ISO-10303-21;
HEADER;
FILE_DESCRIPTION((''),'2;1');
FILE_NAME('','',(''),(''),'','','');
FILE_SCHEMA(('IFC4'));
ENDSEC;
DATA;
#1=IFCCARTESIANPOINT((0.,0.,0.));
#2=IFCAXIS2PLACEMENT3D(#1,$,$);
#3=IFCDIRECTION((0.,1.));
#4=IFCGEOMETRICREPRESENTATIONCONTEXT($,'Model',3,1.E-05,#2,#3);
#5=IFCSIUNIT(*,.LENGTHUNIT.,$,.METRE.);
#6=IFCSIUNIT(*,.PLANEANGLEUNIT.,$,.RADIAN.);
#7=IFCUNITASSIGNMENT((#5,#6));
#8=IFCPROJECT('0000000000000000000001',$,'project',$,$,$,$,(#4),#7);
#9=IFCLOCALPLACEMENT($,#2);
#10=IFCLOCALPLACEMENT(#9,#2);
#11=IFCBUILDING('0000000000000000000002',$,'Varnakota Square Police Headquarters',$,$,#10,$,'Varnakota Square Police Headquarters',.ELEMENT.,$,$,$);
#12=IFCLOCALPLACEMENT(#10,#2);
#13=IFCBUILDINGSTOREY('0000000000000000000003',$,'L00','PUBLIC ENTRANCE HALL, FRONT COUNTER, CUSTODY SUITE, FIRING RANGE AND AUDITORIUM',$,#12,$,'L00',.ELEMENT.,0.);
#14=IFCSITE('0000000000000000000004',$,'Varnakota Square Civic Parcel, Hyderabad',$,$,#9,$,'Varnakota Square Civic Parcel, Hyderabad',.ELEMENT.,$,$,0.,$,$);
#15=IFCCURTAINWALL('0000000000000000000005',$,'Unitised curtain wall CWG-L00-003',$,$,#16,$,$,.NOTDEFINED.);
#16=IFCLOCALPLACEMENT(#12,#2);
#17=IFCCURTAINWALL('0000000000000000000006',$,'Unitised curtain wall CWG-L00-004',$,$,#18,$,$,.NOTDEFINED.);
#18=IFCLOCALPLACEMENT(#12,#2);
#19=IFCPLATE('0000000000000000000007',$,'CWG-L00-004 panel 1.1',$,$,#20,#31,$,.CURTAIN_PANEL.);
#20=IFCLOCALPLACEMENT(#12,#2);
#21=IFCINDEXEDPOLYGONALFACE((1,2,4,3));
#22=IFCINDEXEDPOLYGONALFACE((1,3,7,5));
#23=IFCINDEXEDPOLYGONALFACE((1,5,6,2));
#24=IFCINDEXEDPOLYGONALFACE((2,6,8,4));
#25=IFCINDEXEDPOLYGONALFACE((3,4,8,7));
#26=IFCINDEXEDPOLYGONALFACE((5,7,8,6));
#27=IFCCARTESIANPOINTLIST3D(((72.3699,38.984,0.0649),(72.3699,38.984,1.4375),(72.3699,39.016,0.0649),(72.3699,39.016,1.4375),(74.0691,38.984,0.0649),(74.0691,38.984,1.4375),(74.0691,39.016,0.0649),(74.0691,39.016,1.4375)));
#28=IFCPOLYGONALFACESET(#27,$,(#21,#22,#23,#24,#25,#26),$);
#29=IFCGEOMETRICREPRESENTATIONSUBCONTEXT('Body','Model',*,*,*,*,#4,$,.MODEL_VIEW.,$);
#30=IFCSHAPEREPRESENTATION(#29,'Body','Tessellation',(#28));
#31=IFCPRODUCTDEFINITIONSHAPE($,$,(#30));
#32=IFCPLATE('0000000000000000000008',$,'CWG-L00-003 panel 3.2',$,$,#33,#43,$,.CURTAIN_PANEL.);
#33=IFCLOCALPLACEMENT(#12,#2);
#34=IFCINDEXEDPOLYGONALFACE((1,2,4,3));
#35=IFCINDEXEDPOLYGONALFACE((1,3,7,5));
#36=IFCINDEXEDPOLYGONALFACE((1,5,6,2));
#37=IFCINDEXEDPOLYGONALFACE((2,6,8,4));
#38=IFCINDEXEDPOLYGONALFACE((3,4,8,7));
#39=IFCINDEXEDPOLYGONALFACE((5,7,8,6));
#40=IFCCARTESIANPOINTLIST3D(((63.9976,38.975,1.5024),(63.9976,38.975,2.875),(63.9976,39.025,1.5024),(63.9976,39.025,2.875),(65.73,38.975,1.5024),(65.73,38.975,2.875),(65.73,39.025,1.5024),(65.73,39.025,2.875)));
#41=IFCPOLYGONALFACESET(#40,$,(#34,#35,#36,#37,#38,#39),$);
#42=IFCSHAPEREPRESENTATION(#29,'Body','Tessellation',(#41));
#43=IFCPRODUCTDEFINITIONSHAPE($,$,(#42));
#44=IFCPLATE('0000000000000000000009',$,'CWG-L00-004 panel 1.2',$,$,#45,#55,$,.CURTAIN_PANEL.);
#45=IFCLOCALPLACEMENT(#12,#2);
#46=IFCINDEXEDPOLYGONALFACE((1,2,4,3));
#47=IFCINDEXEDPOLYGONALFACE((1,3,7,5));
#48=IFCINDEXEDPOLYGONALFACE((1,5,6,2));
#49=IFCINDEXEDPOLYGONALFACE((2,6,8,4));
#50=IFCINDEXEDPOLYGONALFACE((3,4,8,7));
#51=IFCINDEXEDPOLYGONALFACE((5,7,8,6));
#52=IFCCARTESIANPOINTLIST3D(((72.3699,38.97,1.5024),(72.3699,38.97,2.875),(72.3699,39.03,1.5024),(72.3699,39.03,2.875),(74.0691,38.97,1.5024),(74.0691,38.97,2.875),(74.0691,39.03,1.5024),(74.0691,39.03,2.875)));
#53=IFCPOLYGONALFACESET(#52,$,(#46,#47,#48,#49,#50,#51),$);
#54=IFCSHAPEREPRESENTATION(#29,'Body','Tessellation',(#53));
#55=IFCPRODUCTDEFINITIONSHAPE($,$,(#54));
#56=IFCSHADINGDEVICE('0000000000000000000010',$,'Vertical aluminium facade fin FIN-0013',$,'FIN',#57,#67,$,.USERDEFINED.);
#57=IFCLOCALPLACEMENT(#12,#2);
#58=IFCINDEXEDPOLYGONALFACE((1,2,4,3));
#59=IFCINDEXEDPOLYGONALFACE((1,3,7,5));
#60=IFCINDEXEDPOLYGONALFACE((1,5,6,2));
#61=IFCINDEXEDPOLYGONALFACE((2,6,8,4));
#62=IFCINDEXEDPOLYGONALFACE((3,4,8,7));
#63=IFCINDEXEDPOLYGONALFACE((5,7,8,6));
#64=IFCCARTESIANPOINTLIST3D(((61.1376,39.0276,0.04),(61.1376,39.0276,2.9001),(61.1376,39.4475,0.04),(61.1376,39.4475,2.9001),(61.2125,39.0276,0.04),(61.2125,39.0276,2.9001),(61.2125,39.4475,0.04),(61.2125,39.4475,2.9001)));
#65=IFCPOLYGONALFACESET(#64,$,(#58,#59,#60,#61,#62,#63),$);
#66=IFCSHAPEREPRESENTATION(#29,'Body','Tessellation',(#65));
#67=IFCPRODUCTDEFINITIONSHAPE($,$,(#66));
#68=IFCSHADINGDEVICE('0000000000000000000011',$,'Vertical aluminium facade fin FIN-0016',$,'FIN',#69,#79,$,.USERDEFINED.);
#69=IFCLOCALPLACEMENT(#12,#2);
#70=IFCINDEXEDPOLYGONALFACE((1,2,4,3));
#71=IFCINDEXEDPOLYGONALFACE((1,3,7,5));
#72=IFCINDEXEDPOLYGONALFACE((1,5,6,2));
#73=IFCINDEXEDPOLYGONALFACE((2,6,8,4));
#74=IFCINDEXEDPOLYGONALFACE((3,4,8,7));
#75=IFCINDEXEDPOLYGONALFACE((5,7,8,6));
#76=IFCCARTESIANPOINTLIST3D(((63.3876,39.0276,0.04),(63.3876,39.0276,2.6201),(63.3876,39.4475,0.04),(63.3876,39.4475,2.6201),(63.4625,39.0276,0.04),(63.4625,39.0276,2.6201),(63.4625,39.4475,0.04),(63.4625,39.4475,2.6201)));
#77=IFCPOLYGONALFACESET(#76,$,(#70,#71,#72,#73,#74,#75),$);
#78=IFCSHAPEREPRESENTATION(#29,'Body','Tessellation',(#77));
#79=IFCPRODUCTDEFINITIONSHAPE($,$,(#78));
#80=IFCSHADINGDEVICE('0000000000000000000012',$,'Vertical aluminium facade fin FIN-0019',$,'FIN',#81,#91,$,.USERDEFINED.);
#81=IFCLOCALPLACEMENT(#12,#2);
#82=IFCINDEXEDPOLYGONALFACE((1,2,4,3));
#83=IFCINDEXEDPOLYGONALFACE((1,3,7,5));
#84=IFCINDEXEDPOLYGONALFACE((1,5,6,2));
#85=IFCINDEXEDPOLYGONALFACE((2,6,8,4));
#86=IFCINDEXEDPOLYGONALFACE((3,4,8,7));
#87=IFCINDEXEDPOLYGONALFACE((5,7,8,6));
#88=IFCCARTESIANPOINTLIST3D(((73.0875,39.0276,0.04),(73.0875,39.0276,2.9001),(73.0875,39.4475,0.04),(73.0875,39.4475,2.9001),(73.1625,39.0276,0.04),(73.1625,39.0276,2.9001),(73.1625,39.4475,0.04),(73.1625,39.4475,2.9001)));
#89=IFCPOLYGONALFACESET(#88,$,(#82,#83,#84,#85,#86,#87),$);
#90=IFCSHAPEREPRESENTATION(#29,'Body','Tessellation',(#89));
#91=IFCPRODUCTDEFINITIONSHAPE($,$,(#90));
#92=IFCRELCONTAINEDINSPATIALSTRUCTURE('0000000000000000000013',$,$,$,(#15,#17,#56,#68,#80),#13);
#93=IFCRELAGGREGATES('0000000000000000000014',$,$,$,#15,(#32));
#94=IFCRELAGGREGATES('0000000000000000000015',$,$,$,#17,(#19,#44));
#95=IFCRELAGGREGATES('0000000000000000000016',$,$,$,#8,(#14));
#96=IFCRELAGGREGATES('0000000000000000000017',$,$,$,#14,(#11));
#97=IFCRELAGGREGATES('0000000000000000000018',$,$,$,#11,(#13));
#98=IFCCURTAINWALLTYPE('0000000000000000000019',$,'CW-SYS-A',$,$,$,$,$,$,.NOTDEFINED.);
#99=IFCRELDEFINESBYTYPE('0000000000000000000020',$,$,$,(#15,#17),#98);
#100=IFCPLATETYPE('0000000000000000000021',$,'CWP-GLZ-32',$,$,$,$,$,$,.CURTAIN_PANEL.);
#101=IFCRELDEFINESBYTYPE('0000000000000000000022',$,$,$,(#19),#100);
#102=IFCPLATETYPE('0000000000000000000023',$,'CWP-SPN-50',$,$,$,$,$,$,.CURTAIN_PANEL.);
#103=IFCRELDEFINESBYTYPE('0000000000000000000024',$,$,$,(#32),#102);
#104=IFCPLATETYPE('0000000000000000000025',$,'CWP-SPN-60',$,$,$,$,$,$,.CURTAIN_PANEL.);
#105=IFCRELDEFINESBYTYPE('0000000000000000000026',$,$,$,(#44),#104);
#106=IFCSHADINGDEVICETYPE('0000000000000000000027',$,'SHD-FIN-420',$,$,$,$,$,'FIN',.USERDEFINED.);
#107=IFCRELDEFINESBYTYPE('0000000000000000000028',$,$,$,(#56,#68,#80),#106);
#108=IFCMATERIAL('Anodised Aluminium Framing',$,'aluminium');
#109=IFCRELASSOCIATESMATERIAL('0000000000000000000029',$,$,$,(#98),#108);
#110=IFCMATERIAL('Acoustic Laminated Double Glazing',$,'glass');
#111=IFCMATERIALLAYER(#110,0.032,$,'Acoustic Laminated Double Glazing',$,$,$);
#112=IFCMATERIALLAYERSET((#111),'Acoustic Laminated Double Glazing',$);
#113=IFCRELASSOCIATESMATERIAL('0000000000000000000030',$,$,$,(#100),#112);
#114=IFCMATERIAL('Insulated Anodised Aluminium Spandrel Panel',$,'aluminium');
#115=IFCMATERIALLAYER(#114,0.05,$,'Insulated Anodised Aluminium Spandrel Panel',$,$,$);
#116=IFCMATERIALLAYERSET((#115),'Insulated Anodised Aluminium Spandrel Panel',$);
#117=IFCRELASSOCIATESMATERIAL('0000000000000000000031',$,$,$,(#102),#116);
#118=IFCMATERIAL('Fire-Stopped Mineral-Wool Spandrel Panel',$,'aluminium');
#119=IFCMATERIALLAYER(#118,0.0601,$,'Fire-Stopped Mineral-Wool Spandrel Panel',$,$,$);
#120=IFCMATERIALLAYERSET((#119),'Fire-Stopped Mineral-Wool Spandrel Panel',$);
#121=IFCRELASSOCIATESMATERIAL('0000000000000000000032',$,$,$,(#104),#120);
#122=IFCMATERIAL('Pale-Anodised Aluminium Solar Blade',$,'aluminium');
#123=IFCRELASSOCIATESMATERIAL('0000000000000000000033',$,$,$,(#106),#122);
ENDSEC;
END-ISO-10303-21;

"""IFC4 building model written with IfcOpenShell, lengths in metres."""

from ifc_helpers import new_model, si_unit, direction, frame, origin, origin_2d, place, context, subcontext, project, spatial, rectangle, extrude, material, layer, layer_set, type_object, element, aggregate, save


model = new_model("IFC4")

# Units and contexts
model_context = context("Model", 3, precision=1e-05, world=origin(), true_north=direction((0.0, 1.0)))
body_context = subcontext(model_context, "Body", "Model", "MODEL_VIEW")
ifc_project = project(units=[si_unit("LENGTHUNIT", "METRE"), si_unit("PLANEANGLEUNIT", "RADIAN")], contexts=[model_context])

# Site, building, storey
site_placement = place(None, origin())
site = spatial("IfcSite", under=ifc_project, at=site_placement, Name="Varnakota Square Civic Parcel, Hyderabad", LongName="Varnakota Square Civic Parcel, Hyderabad", CompositionType="ELEMENT", RefElevation=0.0)
building_placement = place(site_placement, origin())
building = spatial("IfcBuilding", under=site, at=building_placement, Name="Varnakota Square Police Headquarters", LongName="Varnakota Square Police Headquarters", CompositionType="ELEMENT")
storey_placement = place(building_placement, origin())
storey = spatial("IfcBuildingStorey", under=building, at=storey_placement, Name="L00", Description="PUBLIC ENTRANCE HALL, FRONT COUNTER, CUSTODY SUITE, FIRING RANGE AND AUDITORIUM", LongName="L00", CompositionType="ELEMENT", Elevation=0.0)

# Curtain walls
ifc_material_1 = material(Name="Anodised Aluminium Framing", Category="aluminium")
curtain_wall_type = type_object("IfcCurtainWallType", Name="CW-SYS-A", PredefinedType="NOTDEFINED", material=ifc_material_1)
curtain_wall_1_placement = place(storey_placement, origin())
curtain_wall_1 = element("IfcCurtainWall", 1, at=curtain_wall_1_placement, inside=storey, type_object=curtain_wall_type, Name="Unitised curtain wall CWG-L00-003", PredefinedType="NOTDEFINED")
curtain_wall_2_placement = place(storey_placement, origin())
curtain_wall_2 = element("IfcCurtainWall", 2, at=curtain_wall_2_placement, inside=storey, type_object=curtain_wall_type, Name="Unitised curtain wall CWG-L00-004", PredefinedType="NOTDEFINED")

# Plates
ifc_material_2 = material(Name="Acoustic Laminated Double Glazing", Category="glass")
ifc_layer_1 = layer(ifc_material_2, 0.032, Name="Acoustic Laminated Double Glazing")
ifc_layer_set_1 = layer_set([ifc_layer_1], Name="Acoustic Laminated Double Glazing")
plate_type_1 = type_object("IfcPlateType", Name="CWP-GLZ-32", PredefinedType="CURTAIN_PANEL", material=ifc_layer_set_1)
plate_1_placement = place(storey_placement, frame((73.2195, 39.0, 0.0649), z_axis=(0.0, 0.0, 1.0), x_axis=(1.0, 0.0, 0.0)))
plate_1 = element("IfcPlate", 3, at=plate_1_placement, type_object=plate_type_1, Name="CWG-L00-004 panel 1.1", PredefinedType="CURTAIN_PANEL", context=body_context, shape_type="SweptSolid", body=[
    extrude(rectangle(XDim=1.6992, YDim=0.032, at=origin_2d()), origin(), (0.0, 0.0, 1.0), 1.3726),
])
ifc_material_3 = material(Name="Insulated Anodised Aluminium Spandrel Panel", Category="aluminium")
ifc_layer_2 = layer(ifc_material_3, 0.05, Name="Insulated Anodised Aluminium Spandrel Panel")
ifc_layer_set_2 = layer_set([ifc_layer_2], Name="Insulated Anodised Aluminium Spandrel Panel")
plate_type_2 = type_object("IfcPlateType", Name="CWP-SPN-50", PredefinedType="CURTAIN_PANEL", material=ifc_layer_set_2)
plate_2_placement = place(storey_placement, frame((64.8638, 39.0, 1.5024), z_axis=(0.0, 0.0, 1.0), x_axis=(1.0, 0.0, 0.0)))
plate_2 = element("IfcPlate", 4, at=plate_2_placement, type_object=plate_type_2, Name="CWG-L00-003 panel 3.2", PredefinedType="CURTAIN_PANEL", context=body_context, shape_type="SweptSolid", body=[
    extrude(rectangle(XDim=1.7324, YDim=0.05, at=origin_2d()), origin(), (0.0, 0.0, 1.0), 1.3726),
])
aggregate(curtain_wall_1, [plate_2])
ifc_material_4 = material(Name="Fire-Stopped Mineral-Wool Spandrel Panel", Category="aluminium")
ifc_layer_3 = layer(ifc_material_4, 0.0601, Name="Fire-Stopped Mineral-Wool Spandrel Panel")
ifc_layer_set_3 = layer_set([ifc_layer_3], Name="Fire-Stopped Mineral-Wool Spandrel Panel")
plate_type_3 = type_object("IfcPlateType", Name="CWP-SPN-60", PredefinedType="CURTAIN_PANEL", material=ifc_layer_set_3)
plate_3_placement = place(storey_placement, frame((73.2195, 39.0, 1.5024), z_axis=(0.0, 0.0, 1.0), x_axis=(1.0, 0.0, 0.0)))
plate_3 = element("IfcPlate", 5, at=plate_3_placement, type_object=plate_type_3, Name="CWG-L00-004 panel 1.2", PredefinedType="CURTAIN_PANEL", context=body_context, shape_type="SweptSolid", body=[
    extrude(rectangle(XDim=1.6992, YDim=0.0601, at=origin_2d()), origin(), (0.0, 0.0, 1.0), 1.3726),
])
aggregate(curtain_wall_2, [plate_1, plate_3])

# Shading devices
ifc_material_5 = material(Name="Pale-Anodised Aluminium Solar Blade", Category="aluminium")
shading_device_type = type_object("IfcShadingDeviceType", Name="SHD-FIN-420", ElementType="FIN", PredefinedType="USERDEFINED", material=ifc_material_5)
shading_device_1_placement = place(storey_placement, frame((61.175, 39.2375, 0.04), z_axis=(0.0, 0.0, 1.0), x_axis=(1.0, 0.0, 0.0)))
element("IfcShadingDevice", 6, at=shading_device_1_placement, inside=storey, type_object=shading_device_type, Name="Vertical aluminium facade fin FIN-0013", ObjectType="FIN", PredefinedType="USERDEFINED", context=body_context, shape_type="SweptSolid", body=[
    extrude(rectangle(XDim=0.075, YDim=0.4199, at=origin_2d()), origin(), (0.0, 0.0, 1.0), 2.8601),
])
shading_device_2_placement = place(storey_placement, frame((63.425, 39.2375, 0.04), z_axis=(0.0, 0.0, 1.0), x_axis=(1.0, 0.0, 0.0)))
element("IfcShadingDevice", 7, at=shading_device_2_placement, inside=storey, type_object=shading_device_type, Name="Vertical aluminium facade fin FIN-0016", ObjectType="FIN", PredefinedType="USERDEFINED", context=body_context, shape_type="SweptSolid", body=[
    extrude(rectangle(XDim=0.075, YDim=0.4199, at=origin_2d()), origin(), (0.0, 0.0, 1.0), 2.5801),
])
shading_device_3_placement = place(storey_placement, frame((73.125, 39.2375, 0.04), z_axis=(0.0, 0.0, 1.0), x_axis=(1.0, 0.0, 0.0)))
element("IfcShadingDevice", 8, at=shading_device_3_placement, inside=storey, type_object=shading_device_type, Name="Vertical aluminium facade fin FIN-0019", ObjectType="FIN", PredefinedType="USERDEFINED", context=body_context, shape_type="SweptSolid", body=[
    extrude(rectangle(XDim=0.075, YDim=0.4199, at=origin_2d()), origin(), (0.0, 0.0, 1.0), 2.8601),
])

save(model, "model.ifc")
